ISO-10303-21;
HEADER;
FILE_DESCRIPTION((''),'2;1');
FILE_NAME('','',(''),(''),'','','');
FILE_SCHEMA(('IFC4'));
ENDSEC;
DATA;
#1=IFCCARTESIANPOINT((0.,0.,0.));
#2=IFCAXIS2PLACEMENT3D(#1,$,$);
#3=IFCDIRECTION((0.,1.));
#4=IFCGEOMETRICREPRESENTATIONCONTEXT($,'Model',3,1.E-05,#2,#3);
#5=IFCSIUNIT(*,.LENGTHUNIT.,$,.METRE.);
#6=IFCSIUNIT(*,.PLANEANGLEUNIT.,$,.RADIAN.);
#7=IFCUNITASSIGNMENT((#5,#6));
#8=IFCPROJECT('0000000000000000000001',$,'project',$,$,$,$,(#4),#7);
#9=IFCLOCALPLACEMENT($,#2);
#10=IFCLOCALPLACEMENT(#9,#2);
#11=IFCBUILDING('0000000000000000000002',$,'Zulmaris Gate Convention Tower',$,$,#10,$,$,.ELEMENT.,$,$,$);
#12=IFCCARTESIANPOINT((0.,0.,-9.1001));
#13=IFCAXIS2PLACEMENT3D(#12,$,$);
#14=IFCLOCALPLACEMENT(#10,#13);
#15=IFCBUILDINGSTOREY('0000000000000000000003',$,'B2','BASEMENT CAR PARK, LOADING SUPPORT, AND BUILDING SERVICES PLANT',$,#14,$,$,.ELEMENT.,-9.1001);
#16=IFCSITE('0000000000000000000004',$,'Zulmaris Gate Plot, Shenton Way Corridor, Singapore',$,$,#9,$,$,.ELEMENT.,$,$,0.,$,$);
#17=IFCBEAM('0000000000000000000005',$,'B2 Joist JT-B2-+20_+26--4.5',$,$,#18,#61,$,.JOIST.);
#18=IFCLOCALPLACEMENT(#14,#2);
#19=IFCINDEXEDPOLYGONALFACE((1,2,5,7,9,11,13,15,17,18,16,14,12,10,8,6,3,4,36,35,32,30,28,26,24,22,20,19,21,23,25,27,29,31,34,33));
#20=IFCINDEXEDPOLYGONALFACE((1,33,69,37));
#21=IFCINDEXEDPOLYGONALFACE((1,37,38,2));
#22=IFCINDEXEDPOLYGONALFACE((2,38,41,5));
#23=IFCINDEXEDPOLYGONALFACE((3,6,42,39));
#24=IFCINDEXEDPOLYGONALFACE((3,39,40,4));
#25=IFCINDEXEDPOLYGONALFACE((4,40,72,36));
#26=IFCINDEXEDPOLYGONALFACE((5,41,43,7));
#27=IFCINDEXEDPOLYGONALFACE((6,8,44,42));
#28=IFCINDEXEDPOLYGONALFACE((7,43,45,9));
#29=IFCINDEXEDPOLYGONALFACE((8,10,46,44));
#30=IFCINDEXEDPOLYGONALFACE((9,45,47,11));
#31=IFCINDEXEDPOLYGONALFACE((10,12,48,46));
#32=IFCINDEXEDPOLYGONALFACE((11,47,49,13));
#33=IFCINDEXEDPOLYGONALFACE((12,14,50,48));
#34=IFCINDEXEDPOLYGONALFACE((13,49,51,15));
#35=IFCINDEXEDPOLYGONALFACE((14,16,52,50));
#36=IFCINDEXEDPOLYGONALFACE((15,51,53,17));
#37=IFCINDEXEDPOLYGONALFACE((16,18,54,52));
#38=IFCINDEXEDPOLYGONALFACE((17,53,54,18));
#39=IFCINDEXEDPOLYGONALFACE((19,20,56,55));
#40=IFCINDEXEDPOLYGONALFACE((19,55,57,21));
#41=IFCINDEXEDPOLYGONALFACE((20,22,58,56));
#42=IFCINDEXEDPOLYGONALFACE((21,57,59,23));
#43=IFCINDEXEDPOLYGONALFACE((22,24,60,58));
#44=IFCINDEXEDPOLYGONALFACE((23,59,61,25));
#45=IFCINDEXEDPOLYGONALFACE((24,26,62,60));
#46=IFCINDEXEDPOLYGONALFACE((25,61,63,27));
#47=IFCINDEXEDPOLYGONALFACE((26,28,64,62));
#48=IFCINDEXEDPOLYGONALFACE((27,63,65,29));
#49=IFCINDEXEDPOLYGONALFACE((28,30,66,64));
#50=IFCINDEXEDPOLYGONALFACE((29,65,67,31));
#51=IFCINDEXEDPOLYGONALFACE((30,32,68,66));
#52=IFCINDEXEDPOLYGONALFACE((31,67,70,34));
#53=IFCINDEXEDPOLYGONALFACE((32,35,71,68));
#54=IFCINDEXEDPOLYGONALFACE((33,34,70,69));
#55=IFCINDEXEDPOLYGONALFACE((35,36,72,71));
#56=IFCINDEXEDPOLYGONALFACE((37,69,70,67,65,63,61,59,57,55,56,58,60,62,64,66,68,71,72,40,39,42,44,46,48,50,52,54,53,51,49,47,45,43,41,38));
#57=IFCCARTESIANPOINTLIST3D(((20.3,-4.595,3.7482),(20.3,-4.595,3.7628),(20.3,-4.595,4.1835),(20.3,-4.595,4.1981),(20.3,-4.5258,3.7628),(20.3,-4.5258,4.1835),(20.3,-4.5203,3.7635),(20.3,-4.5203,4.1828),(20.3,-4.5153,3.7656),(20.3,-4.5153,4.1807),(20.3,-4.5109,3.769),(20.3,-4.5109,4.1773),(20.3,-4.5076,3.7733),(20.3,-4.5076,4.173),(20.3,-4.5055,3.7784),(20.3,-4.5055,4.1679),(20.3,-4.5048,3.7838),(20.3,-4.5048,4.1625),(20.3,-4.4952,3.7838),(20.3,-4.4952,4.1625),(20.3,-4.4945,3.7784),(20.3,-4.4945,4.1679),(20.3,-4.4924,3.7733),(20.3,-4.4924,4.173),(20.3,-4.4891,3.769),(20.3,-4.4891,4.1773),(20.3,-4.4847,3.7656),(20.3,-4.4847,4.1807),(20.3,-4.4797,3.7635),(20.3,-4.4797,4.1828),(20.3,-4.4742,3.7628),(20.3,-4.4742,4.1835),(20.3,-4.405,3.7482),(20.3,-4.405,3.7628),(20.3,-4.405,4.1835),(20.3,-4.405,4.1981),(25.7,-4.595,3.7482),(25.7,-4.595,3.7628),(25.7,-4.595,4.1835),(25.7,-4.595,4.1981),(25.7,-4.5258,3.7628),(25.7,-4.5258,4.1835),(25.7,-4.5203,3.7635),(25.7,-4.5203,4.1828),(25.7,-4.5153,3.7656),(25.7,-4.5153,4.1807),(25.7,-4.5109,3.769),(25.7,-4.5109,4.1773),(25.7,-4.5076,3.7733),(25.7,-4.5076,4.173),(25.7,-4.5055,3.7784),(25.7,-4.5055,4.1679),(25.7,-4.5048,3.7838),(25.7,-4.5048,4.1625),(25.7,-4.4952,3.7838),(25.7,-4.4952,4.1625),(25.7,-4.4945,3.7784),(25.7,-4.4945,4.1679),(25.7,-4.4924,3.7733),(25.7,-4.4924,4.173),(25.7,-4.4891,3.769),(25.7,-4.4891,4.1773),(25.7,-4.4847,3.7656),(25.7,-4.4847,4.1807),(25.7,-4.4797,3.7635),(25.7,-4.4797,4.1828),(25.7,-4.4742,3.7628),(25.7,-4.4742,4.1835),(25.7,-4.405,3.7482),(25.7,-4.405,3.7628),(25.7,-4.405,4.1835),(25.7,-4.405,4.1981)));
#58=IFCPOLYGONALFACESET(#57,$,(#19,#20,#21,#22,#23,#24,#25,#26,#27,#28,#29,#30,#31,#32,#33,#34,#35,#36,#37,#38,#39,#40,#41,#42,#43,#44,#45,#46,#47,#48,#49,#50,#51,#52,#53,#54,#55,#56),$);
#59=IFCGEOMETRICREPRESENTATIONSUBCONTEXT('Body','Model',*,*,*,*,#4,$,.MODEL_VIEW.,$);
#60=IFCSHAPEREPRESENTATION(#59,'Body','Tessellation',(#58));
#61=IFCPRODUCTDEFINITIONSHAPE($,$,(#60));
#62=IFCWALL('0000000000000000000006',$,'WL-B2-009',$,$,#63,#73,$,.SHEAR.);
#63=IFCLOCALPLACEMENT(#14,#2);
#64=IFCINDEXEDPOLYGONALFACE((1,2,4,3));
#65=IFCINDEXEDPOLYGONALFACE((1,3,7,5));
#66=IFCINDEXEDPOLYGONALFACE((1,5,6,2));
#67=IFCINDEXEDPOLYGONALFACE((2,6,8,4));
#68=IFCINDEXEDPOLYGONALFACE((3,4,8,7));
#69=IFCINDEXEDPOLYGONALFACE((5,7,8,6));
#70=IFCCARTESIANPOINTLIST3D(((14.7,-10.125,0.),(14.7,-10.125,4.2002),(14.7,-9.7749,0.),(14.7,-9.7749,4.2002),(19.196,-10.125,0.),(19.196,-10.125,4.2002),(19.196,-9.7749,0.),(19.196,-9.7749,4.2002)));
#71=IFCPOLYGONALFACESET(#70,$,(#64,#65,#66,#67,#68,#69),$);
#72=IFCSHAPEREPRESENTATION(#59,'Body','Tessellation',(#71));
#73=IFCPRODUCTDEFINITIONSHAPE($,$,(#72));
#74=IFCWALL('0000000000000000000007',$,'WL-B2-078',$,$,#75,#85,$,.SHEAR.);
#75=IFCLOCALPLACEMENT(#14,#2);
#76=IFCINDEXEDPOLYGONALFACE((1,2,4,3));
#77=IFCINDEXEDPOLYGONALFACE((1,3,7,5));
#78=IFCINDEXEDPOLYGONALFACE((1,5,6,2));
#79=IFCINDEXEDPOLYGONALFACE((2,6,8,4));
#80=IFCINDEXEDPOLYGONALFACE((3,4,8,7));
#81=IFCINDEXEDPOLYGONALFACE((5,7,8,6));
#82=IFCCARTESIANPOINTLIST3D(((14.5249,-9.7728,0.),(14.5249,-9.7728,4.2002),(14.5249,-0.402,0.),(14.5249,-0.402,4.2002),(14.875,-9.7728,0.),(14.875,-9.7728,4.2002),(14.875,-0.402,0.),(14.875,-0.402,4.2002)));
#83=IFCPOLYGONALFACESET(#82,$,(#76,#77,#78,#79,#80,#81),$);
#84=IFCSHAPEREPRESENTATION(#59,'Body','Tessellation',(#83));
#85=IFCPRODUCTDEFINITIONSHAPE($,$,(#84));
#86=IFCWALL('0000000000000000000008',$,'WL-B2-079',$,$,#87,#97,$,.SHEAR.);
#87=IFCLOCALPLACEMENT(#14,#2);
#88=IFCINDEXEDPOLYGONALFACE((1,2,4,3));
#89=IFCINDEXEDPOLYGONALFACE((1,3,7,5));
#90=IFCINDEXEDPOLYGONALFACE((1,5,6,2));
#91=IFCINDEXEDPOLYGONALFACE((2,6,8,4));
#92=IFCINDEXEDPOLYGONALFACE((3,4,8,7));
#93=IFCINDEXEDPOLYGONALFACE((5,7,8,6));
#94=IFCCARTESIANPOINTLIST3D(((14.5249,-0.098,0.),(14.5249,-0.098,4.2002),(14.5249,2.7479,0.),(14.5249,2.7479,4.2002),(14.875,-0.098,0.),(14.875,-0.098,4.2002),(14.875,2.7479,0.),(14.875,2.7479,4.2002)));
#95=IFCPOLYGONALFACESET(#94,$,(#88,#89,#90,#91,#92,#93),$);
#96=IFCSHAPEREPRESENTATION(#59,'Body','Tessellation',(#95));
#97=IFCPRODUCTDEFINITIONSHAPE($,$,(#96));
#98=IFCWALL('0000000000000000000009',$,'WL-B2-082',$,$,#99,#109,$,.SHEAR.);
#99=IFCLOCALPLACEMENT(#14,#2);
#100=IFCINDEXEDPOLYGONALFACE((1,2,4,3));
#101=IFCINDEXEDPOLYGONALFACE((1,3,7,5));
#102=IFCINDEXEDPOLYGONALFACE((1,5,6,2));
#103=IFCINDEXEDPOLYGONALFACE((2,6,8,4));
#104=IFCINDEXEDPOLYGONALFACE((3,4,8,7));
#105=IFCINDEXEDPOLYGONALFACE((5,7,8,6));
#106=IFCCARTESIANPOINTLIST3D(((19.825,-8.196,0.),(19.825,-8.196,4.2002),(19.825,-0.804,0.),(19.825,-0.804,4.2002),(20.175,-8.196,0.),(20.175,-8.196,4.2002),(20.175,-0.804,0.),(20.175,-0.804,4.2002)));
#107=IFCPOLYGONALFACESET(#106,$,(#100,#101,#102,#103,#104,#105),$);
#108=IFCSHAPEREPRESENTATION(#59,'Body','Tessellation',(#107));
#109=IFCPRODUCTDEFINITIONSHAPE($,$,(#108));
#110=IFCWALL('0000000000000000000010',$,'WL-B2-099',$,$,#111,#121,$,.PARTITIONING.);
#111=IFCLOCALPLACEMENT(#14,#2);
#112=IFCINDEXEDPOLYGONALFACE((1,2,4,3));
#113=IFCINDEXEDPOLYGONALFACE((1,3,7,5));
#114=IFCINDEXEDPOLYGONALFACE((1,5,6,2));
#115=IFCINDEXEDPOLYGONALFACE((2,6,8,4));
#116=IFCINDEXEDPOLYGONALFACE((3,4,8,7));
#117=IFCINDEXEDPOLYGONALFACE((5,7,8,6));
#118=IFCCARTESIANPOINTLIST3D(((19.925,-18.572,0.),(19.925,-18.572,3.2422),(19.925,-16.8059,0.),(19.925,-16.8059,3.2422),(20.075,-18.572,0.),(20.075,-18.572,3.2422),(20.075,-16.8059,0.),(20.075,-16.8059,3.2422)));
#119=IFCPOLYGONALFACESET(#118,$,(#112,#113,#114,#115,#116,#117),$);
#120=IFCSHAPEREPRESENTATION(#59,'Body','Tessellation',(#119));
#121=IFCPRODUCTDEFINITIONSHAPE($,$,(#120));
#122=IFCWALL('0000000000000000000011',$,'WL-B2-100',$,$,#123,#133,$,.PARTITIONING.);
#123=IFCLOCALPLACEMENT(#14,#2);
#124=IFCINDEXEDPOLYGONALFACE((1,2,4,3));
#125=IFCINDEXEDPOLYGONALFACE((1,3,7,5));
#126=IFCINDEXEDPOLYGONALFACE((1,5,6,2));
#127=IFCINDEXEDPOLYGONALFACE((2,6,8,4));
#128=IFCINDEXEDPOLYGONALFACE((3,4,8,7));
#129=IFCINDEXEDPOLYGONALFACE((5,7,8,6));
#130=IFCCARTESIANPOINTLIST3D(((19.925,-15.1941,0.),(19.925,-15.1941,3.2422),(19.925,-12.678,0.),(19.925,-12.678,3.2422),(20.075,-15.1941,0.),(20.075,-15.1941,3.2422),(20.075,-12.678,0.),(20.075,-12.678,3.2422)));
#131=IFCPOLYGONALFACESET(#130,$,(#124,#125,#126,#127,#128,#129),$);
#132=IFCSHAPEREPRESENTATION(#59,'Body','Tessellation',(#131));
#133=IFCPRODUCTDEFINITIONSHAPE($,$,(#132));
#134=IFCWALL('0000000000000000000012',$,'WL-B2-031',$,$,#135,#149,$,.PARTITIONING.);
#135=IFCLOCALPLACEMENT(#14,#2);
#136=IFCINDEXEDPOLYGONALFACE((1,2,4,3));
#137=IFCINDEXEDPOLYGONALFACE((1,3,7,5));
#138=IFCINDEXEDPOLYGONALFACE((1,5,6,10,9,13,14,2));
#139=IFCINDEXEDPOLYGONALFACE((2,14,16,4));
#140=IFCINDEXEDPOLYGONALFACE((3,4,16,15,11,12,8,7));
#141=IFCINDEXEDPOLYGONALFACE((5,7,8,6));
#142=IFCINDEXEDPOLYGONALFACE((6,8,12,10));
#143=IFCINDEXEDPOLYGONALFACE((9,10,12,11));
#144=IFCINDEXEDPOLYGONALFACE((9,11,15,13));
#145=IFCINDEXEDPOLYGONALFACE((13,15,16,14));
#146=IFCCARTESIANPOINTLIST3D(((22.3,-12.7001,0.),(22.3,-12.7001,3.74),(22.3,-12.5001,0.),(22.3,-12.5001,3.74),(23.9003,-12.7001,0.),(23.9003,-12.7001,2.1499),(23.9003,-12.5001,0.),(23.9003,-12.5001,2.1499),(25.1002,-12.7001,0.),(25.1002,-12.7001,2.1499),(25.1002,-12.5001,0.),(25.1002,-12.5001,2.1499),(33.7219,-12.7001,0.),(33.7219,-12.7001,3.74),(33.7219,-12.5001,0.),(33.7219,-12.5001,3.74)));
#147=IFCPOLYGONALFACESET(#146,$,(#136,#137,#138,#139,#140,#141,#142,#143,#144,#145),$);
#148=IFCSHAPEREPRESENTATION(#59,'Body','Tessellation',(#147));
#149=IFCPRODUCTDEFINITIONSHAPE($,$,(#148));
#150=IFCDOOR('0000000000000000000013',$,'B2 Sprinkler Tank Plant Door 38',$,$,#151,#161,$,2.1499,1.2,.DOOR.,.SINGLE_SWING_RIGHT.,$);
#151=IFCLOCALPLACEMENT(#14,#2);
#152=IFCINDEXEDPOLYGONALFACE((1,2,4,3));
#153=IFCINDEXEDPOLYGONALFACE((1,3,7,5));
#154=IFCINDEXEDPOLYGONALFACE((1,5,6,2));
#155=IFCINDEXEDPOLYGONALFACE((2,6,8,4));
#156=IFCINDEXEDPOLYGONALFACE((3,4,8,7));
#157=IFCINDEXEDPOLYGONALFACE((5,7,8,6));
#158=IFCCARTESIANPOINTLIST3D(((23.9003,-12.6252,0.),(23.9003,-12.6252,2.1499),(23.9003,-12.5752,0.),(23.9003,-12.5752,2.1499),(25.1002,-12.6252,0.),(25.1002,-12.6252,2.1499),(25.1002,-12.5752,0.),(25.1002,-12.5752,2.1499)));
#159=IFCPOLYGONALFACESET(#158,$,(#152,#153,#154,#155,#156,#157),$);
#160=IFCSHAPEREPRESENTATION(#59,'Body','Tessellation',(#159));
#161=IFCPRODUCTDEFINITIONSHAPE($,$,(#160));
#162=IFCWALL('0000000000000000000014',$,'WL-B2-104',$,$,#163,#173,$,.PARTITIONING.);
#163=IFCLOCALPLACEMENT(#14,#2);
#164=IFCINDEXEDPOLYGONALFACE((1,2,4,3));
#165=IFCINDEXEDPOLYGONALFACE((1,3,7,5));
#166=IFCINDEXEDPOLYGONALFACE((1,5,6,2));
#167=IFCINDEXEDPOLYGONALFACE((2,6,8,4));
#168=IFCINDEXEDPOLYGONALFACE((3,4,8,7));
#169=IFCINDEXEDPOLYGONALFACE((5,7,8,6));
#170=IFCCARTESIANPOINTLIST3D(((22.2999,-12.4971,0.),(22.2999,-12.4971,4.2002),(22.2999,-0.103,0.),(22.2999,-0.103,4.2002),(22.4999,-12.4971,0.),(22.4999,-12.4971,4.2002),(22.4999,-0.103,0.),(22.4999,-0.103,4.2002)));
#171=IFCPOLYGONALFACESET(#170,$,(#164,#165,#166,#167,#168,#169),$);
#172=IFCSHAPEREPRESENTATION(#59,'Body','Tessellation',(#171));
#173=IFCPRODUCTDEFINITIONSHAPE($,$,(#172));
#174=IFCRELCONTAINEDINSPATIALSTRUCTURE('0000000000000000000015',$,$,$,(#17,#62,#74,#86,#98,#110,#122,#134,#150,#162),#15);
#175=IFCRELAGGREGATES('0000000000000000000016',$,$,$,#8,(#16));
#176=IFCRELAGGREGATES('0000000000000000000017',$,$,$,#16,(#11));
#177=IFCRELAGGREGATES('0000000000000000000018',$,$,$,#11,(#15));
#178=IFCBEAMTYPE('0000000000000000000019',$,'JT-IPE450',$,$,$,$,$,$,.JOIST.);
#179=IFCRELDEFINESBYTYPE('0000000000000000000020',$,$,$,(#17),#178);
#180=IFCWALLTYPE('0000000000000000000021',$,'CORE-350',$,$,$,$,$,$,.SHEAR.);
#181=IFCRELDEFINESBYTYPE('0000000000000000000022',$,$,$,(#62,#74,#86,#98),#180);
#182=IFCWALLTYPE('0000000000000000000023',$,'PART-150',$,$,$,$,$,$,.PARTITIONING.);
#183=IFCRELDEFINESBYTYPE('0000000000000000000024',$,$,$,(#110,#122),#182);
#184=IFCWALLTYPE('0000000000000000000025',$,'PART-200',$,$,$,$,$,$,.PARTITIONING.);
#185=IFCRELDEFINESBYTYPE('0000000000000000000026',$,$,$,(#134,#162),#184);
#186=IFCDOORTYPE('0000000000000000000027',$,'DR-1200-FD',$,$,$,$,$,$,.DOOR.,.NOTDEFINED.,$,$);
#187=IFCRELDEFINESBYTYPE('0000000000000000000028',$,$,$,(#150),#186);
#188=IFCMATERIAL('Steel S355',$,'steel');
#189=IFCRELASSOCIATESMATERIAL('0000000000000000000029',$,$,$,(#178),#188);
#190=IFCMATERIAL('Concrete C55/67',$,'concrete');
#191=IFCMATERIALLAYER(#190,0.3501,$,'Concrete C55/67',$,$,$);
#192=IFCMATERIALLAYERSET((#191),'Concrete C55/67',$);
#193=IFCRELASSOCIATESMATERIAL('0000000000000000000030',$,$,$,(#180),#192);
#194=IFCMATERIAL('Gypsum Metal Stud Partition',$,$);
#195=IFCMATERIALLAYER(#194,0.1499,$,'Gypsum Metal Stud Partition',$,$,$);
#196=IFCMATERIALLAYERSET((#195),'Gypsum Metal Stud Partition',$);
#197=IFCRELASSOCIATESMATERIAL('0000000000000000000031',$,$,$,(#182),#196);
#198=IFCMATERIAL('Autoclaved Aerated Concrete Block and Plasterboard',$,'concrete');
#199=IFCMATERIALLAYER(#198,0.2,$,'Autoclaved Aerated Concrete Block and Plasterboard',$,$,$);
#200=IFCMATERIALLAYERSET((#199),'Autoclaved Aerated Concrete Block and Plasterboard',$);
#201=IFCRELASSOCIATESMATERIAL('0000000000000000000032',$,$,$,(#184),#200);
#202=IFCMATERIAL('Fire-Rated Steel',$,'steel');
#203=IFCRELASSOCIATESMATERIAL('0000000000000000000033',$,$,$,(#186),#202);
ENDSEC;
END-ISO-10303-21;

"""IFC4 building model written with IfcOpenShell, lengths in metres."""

from ifc_helpers import new_model, si_unit, direction, frame, frame_2d, origin, origin_2d, place, context, subcontext, project, spatial, rectangle, i_section, extrude, material, layer, layer_set, material_profile, profile_set, type_object, element, fill, save


model = new_model("IFC4")

# Units and contexts
model_context = context("Model", 3, precision=1e-05, world=origin(), true_north=direction((0.0, 1.0)))
body_context = subcontext(model_context, "Body", "Model", "MODEL_VIEW")
ifc_project = project(units=[si_unit("LENGTHUNIT", "METRE"), si_unit("PLANEANGLEUNIT", "RADIAN")], contexts=[model_context])

# Site, building, storey
site_placement = place(None, origin())
site = spatial("IfcSite", under=ifc_project, at=site_placement, Name="Zulmaris Gate Plot, Shenton Way Corridor, Singapore", CompositionType="ELEMENT", RefElevation=0.0)
building_placement = place(site_placement, origin())
building = spatial("IfcBuilding", under=site, at=building_placement, Name="Zulmaris Gate Convention Tower", CompositionType="ELEMENT")
storey_placement = place(building_placement, frame((0.0, 0.0, -9.1001)))
storey = spatial("IfcBuildingStorey", under=building, at=storey_placement, Name="B2", Description="BASEMENT CAR PARK, LOADING SUPPORT, AND BUILDING SERVICES PLANT", CompositionType="ELEMENT", Elevation=-9.1001)

# Beam
ifc_material_1 = material(Name="Steel S355", Category="steel")
ifc_material_profile_1 = material_profile(ifc_material_1, i_section(OverallWidth=0.1899, OverallDepth=0.45, WebThickness=0.0095, FlangeThickness=0.0146, FilletRadius=0.021, at=origin_2d()), Name="IPE 450")
ifc_profile_set_1 = profile_set([ifc_material_profile_1], Name="Steel S355")
beam_type_1 = type_object("IfcBeamType", Name="JT-IPE450", PredefinedType="JOIST", material=ifc_profile_set_1)
for number, where, z_axis, x_axis, name in (
    (1, (20.3, -4.5, 3.9731), (1.0, 0.0, 0.0), (0.0, 1.0, 0.0), "B2 Joist JT-B2-+20_+26--4.5"),
):
    element("IfcBeam", number, at=place(storey_placement, frame(where, z_axis=z_axis, x_axis=x_axis)), inside=storey, type_object=beam_type_1, Name=name, PredefinedType="JOIST", context=body_context, shape_type="SweptSolid", body=[
        extrude(i_section(OverallWidth=0.1899, OverallDepth=0.45, WebThickness=0.0095, FlangeThickness=0.0146, FilletRadius=0.021, at=origin_2d()), origin(), (0.0, 0.0, 1.0), 5.3999),
    ])

# Walls
ifc_material_2 = material(Name="Concrete C55/67", Category="concrete")
ifc_layer_1 = layer(ifc_material_2, 0.3501, Name="Concrete C55/67")
ifc_layer_set_1 = layer_set([ifc_layer_1], Name="Concrete C55/67")
wall_type_1 = type_object("IfcWallType", Name="CORE-350", PredefinedType="SHEAR", material=ifc_layer_set_1)
wall_1_placement = place(storey_placement, frame((14.7, -9.95, 0.0), z_axis=(0.0, 0.0, 1.0), x_axis=(1.0, 0.0, 0.0)))
element("IfcWall", 2, at=wall_1_placement, inside=storey, type_object=wall_type_1, Name="WL-B2-009", PredefinedType="SHEAR", context=body_context, shape_type="SweptSolid", body=[
    extrude(rectangle(XDim=4.4961, YDim=0.3501, at=frame_2d((2.248, 0.0))), origin(), (0.0, 0.0, 1.0), 4.2002),
])
wall_2_placement = place(storey_placement, frame((14.7, -9.7729, 0.0), z_axis=(0.0, 0.0, 1.0), x_axis=(0.0, 1.0, 0.0)))
element("IfcWall", 3, at=wall_2_placement, inside=storey, type_object=wall_type_1, Name="WL-B2-078", PredefinedType="SHEAR", context=body_context, shape_type="SweptSolid", body=[
    extrude(rectangle(XDim=9.3708, YDim=0.3501, at=frame_2d((4.6855, 0.0))), origin(), (0.0, 0.0, 1.0), 4.2002),
])
wall_3_placement = place(storey_placement, frame((14.7, -0.0979, 0.0), z_axis=(0.0, 0.0, 1.0), x_axis=(0.0, 1.0, 0.0)))
element("IfcWall", 4, at=wall_3_placement, inside=storey, type_object=wall_type_1, Name="WL-B2-079", PredefinedType="SHEAR", context=body_context, shape_type="SweptSolid", body=[
    extrude(rectangle(XDim=2.8459, YDim=0.3501, at=frame_2d((1.4229, 0.0))), origin(), (0.0, 0.0, 1.0), 4.2002),
])
wall_4_placement = place(storey_placement, frame((20.0, -8.196, 0.0), z_axis=(0.0, 0.0, 1.0), x_axis=(0.0, 1.0, 0.0)))
element("IfcWall", 5, at=wall_4_placement, inside=storey, type_object=wall_type_1, Name="WL-B2-082", PredefinedType="SHEAR", context=body_context, shape_type="SweptSolid", body=[
    extrude(rectangle(XDim=7.3921, YDim=0.3501, at=frame_2d((3.696, 0.0))), origin(), (0.0, 0.0, 1.0), 4.2002),
])
ifc_material_3 = material(Name="Gypsum Metal Stud Partition")
ifc_layer_2 = layer(ifc_material_3, 0.1499, Name="Gypsum Metal Stud Partition")
ifc_layer_set_2 = layer_set([ifc_layer_2], Name="Gypsum Metal Stud Partition")
wall_type_2 = type_object("IfcWallType", Name="PART-150", PredefinedType="PARTITIONING", material=ifc_layer_set_2)
wall_5_placement = place(storey_placement, frame((20.0, -18.572, 0.0), z_axis=(0.0, 0.0, 1.0), x_axis=(0.0, 1.0, 0.0)))
element("IfcWall", 6, at=wall_5_placement, inside=storey, type_object=wall_type_2, Name="WL-B2-099", PredefinedType="PARTITIONING", context=body_context, shape_type="SweptSolid", body=[
    extrude(rectangle(XDim=1.7661, YDim=0.1499, at=frame_2d((0.8831, 0.0))), origin(), (0.0, 0.0, 1.0), 3.2422),
])
wall_6_placement = place(storey_placement, frame((20.0, -15.1941, 0.0), z_axis=(0.0, 0.0, 1.0), x_axis=(0.0, 1.0, 0.0)))
element("IfcWall", 7, at=wall_6_placement, inside=storey, type_object=wall_type_2, Name="WL-B2-100", PredefinedType="PARTITIONING", context=body_context, shape_type="SweptSolid", body=[
    extrude(rectangle(XDim=2.5161, YDim=0.1499, at=frame_2d((1.2581, 0.0))), origin(), (0.0, 0.0, 1.0), 3.2422),
])

# Wall, opening, door
ifc_material_4 = material(Name="Fire-Rated Steel", Category="steel")
ifc_material_5 = material(Name="Autoclaved Aerated Concrete Block and Plasterboard", Category="concrete")
ifc_layer_3 = layer(ifc_material_5, 0.2, Name="Autoclaved Aerated Concrete Block and Plasterboard")
ifc_layer_set_3 = layer_set([ifc_layer_3], Name="Autoclaved Aerated Concrete Block and Plasterboard")
wall_type_3 = type_object("IfcWallType", Name="PART-200", PredefinedType="PARTITIONING", material=ifc_layer_set_3)
wall_7_placement = place(storey_placement, frame((22.3, -12.6001, 0.0), z_axis=(0.0, 0.0, 1.0), x_axis=(1.0, 0.0, 0.0)))
wall_7 = element("IfcWall", 8, at=wall_7_placement, inside=storey, type_object=wall_type_3, Name="WL-B2-031", PredefinedType="PARTITIONING", context=body_context, shape_type="SweptSolid", body=[
    extrude(rectangle(XDim=11.4219, YDim=0.2, at=frame_2d((5.7109, 0.0))), origin(), (0.0, 0.0, 1.0), 3.74),
])
opening_1_placement = place(wall_7_placement, frame((1.6001, 0.0, 0.0)))
opening_1 = element("IfcOpeningElement", 9, at=opening_1_placement, cuts=wall_7, PredefinedType="OPENING", context=body_context, shape_type="SweptSolid", body=[
    extrude(rectangle(XDim=1.2, YDim=2.1499, at=frame_2d((0.6001, 1.075))), frame((0.0, 0.1099, 0.0), z_axis=(0.0, -1.0, 0.0), x_axis=(1.0, 0.0, 0.0)), (0.0, 0.0, 1.0), 0.22),
])
door_type_1 = type_object("IfcDoorType", Name="DR-1200-FD", OperationType="NOTDEFINED", PredefinedType="DOOR", material=ifc_material_4)
door_1_placement = place(opening_1_placement, origin())
door_1 = element("IfcDoor", 10, at=door_1_placement, inside=storey, type_object=door_type_1, Name="B2 Sprinkler Tank Plant Door 38", OperationType="SINGLE_SWING_RIGHT", OverallHeight=2.1499, OverallWidth=1.2, PredefinedType="DOOR", context=body_context, shape_type="SweptSolid", body=[
    extrude(rectangle(XDim=1.2, YDim=2.1499, at=frame_2d((0.6001, 1.075))), frame((0.0, 0.0249, 0.0), z_axis=(0.0, -1.0, 0.0), x_axis=(1.0, 0.0, 0.0)), (0.0, 0.0, 1.0), 0.05),
])
fill(opening_1, door_1)

# Wall
wall_8_placement = place(storey_placement, frame((22.3999, -12.4971, 0.0), z_axis=(0.0, 0.0, 1.0), x_axis=(0.0, 1.0, 0.0)))
element("IfcWall", 11, at=wall_8_placement, inside=storey, type_object=wall_type_3, Name="WL-B2-104", PredefinedType="PARTITIONING", context=body_context, shape_type="SweptSolid", body=[
    extrude(rectangle(XDim=12.394, YDim=0.2, at=frame_2d((6.197, 0.0))), origin(), (0.0, 0.0, 1.0), 4.2002),
])

save(model, "model.ifc")
